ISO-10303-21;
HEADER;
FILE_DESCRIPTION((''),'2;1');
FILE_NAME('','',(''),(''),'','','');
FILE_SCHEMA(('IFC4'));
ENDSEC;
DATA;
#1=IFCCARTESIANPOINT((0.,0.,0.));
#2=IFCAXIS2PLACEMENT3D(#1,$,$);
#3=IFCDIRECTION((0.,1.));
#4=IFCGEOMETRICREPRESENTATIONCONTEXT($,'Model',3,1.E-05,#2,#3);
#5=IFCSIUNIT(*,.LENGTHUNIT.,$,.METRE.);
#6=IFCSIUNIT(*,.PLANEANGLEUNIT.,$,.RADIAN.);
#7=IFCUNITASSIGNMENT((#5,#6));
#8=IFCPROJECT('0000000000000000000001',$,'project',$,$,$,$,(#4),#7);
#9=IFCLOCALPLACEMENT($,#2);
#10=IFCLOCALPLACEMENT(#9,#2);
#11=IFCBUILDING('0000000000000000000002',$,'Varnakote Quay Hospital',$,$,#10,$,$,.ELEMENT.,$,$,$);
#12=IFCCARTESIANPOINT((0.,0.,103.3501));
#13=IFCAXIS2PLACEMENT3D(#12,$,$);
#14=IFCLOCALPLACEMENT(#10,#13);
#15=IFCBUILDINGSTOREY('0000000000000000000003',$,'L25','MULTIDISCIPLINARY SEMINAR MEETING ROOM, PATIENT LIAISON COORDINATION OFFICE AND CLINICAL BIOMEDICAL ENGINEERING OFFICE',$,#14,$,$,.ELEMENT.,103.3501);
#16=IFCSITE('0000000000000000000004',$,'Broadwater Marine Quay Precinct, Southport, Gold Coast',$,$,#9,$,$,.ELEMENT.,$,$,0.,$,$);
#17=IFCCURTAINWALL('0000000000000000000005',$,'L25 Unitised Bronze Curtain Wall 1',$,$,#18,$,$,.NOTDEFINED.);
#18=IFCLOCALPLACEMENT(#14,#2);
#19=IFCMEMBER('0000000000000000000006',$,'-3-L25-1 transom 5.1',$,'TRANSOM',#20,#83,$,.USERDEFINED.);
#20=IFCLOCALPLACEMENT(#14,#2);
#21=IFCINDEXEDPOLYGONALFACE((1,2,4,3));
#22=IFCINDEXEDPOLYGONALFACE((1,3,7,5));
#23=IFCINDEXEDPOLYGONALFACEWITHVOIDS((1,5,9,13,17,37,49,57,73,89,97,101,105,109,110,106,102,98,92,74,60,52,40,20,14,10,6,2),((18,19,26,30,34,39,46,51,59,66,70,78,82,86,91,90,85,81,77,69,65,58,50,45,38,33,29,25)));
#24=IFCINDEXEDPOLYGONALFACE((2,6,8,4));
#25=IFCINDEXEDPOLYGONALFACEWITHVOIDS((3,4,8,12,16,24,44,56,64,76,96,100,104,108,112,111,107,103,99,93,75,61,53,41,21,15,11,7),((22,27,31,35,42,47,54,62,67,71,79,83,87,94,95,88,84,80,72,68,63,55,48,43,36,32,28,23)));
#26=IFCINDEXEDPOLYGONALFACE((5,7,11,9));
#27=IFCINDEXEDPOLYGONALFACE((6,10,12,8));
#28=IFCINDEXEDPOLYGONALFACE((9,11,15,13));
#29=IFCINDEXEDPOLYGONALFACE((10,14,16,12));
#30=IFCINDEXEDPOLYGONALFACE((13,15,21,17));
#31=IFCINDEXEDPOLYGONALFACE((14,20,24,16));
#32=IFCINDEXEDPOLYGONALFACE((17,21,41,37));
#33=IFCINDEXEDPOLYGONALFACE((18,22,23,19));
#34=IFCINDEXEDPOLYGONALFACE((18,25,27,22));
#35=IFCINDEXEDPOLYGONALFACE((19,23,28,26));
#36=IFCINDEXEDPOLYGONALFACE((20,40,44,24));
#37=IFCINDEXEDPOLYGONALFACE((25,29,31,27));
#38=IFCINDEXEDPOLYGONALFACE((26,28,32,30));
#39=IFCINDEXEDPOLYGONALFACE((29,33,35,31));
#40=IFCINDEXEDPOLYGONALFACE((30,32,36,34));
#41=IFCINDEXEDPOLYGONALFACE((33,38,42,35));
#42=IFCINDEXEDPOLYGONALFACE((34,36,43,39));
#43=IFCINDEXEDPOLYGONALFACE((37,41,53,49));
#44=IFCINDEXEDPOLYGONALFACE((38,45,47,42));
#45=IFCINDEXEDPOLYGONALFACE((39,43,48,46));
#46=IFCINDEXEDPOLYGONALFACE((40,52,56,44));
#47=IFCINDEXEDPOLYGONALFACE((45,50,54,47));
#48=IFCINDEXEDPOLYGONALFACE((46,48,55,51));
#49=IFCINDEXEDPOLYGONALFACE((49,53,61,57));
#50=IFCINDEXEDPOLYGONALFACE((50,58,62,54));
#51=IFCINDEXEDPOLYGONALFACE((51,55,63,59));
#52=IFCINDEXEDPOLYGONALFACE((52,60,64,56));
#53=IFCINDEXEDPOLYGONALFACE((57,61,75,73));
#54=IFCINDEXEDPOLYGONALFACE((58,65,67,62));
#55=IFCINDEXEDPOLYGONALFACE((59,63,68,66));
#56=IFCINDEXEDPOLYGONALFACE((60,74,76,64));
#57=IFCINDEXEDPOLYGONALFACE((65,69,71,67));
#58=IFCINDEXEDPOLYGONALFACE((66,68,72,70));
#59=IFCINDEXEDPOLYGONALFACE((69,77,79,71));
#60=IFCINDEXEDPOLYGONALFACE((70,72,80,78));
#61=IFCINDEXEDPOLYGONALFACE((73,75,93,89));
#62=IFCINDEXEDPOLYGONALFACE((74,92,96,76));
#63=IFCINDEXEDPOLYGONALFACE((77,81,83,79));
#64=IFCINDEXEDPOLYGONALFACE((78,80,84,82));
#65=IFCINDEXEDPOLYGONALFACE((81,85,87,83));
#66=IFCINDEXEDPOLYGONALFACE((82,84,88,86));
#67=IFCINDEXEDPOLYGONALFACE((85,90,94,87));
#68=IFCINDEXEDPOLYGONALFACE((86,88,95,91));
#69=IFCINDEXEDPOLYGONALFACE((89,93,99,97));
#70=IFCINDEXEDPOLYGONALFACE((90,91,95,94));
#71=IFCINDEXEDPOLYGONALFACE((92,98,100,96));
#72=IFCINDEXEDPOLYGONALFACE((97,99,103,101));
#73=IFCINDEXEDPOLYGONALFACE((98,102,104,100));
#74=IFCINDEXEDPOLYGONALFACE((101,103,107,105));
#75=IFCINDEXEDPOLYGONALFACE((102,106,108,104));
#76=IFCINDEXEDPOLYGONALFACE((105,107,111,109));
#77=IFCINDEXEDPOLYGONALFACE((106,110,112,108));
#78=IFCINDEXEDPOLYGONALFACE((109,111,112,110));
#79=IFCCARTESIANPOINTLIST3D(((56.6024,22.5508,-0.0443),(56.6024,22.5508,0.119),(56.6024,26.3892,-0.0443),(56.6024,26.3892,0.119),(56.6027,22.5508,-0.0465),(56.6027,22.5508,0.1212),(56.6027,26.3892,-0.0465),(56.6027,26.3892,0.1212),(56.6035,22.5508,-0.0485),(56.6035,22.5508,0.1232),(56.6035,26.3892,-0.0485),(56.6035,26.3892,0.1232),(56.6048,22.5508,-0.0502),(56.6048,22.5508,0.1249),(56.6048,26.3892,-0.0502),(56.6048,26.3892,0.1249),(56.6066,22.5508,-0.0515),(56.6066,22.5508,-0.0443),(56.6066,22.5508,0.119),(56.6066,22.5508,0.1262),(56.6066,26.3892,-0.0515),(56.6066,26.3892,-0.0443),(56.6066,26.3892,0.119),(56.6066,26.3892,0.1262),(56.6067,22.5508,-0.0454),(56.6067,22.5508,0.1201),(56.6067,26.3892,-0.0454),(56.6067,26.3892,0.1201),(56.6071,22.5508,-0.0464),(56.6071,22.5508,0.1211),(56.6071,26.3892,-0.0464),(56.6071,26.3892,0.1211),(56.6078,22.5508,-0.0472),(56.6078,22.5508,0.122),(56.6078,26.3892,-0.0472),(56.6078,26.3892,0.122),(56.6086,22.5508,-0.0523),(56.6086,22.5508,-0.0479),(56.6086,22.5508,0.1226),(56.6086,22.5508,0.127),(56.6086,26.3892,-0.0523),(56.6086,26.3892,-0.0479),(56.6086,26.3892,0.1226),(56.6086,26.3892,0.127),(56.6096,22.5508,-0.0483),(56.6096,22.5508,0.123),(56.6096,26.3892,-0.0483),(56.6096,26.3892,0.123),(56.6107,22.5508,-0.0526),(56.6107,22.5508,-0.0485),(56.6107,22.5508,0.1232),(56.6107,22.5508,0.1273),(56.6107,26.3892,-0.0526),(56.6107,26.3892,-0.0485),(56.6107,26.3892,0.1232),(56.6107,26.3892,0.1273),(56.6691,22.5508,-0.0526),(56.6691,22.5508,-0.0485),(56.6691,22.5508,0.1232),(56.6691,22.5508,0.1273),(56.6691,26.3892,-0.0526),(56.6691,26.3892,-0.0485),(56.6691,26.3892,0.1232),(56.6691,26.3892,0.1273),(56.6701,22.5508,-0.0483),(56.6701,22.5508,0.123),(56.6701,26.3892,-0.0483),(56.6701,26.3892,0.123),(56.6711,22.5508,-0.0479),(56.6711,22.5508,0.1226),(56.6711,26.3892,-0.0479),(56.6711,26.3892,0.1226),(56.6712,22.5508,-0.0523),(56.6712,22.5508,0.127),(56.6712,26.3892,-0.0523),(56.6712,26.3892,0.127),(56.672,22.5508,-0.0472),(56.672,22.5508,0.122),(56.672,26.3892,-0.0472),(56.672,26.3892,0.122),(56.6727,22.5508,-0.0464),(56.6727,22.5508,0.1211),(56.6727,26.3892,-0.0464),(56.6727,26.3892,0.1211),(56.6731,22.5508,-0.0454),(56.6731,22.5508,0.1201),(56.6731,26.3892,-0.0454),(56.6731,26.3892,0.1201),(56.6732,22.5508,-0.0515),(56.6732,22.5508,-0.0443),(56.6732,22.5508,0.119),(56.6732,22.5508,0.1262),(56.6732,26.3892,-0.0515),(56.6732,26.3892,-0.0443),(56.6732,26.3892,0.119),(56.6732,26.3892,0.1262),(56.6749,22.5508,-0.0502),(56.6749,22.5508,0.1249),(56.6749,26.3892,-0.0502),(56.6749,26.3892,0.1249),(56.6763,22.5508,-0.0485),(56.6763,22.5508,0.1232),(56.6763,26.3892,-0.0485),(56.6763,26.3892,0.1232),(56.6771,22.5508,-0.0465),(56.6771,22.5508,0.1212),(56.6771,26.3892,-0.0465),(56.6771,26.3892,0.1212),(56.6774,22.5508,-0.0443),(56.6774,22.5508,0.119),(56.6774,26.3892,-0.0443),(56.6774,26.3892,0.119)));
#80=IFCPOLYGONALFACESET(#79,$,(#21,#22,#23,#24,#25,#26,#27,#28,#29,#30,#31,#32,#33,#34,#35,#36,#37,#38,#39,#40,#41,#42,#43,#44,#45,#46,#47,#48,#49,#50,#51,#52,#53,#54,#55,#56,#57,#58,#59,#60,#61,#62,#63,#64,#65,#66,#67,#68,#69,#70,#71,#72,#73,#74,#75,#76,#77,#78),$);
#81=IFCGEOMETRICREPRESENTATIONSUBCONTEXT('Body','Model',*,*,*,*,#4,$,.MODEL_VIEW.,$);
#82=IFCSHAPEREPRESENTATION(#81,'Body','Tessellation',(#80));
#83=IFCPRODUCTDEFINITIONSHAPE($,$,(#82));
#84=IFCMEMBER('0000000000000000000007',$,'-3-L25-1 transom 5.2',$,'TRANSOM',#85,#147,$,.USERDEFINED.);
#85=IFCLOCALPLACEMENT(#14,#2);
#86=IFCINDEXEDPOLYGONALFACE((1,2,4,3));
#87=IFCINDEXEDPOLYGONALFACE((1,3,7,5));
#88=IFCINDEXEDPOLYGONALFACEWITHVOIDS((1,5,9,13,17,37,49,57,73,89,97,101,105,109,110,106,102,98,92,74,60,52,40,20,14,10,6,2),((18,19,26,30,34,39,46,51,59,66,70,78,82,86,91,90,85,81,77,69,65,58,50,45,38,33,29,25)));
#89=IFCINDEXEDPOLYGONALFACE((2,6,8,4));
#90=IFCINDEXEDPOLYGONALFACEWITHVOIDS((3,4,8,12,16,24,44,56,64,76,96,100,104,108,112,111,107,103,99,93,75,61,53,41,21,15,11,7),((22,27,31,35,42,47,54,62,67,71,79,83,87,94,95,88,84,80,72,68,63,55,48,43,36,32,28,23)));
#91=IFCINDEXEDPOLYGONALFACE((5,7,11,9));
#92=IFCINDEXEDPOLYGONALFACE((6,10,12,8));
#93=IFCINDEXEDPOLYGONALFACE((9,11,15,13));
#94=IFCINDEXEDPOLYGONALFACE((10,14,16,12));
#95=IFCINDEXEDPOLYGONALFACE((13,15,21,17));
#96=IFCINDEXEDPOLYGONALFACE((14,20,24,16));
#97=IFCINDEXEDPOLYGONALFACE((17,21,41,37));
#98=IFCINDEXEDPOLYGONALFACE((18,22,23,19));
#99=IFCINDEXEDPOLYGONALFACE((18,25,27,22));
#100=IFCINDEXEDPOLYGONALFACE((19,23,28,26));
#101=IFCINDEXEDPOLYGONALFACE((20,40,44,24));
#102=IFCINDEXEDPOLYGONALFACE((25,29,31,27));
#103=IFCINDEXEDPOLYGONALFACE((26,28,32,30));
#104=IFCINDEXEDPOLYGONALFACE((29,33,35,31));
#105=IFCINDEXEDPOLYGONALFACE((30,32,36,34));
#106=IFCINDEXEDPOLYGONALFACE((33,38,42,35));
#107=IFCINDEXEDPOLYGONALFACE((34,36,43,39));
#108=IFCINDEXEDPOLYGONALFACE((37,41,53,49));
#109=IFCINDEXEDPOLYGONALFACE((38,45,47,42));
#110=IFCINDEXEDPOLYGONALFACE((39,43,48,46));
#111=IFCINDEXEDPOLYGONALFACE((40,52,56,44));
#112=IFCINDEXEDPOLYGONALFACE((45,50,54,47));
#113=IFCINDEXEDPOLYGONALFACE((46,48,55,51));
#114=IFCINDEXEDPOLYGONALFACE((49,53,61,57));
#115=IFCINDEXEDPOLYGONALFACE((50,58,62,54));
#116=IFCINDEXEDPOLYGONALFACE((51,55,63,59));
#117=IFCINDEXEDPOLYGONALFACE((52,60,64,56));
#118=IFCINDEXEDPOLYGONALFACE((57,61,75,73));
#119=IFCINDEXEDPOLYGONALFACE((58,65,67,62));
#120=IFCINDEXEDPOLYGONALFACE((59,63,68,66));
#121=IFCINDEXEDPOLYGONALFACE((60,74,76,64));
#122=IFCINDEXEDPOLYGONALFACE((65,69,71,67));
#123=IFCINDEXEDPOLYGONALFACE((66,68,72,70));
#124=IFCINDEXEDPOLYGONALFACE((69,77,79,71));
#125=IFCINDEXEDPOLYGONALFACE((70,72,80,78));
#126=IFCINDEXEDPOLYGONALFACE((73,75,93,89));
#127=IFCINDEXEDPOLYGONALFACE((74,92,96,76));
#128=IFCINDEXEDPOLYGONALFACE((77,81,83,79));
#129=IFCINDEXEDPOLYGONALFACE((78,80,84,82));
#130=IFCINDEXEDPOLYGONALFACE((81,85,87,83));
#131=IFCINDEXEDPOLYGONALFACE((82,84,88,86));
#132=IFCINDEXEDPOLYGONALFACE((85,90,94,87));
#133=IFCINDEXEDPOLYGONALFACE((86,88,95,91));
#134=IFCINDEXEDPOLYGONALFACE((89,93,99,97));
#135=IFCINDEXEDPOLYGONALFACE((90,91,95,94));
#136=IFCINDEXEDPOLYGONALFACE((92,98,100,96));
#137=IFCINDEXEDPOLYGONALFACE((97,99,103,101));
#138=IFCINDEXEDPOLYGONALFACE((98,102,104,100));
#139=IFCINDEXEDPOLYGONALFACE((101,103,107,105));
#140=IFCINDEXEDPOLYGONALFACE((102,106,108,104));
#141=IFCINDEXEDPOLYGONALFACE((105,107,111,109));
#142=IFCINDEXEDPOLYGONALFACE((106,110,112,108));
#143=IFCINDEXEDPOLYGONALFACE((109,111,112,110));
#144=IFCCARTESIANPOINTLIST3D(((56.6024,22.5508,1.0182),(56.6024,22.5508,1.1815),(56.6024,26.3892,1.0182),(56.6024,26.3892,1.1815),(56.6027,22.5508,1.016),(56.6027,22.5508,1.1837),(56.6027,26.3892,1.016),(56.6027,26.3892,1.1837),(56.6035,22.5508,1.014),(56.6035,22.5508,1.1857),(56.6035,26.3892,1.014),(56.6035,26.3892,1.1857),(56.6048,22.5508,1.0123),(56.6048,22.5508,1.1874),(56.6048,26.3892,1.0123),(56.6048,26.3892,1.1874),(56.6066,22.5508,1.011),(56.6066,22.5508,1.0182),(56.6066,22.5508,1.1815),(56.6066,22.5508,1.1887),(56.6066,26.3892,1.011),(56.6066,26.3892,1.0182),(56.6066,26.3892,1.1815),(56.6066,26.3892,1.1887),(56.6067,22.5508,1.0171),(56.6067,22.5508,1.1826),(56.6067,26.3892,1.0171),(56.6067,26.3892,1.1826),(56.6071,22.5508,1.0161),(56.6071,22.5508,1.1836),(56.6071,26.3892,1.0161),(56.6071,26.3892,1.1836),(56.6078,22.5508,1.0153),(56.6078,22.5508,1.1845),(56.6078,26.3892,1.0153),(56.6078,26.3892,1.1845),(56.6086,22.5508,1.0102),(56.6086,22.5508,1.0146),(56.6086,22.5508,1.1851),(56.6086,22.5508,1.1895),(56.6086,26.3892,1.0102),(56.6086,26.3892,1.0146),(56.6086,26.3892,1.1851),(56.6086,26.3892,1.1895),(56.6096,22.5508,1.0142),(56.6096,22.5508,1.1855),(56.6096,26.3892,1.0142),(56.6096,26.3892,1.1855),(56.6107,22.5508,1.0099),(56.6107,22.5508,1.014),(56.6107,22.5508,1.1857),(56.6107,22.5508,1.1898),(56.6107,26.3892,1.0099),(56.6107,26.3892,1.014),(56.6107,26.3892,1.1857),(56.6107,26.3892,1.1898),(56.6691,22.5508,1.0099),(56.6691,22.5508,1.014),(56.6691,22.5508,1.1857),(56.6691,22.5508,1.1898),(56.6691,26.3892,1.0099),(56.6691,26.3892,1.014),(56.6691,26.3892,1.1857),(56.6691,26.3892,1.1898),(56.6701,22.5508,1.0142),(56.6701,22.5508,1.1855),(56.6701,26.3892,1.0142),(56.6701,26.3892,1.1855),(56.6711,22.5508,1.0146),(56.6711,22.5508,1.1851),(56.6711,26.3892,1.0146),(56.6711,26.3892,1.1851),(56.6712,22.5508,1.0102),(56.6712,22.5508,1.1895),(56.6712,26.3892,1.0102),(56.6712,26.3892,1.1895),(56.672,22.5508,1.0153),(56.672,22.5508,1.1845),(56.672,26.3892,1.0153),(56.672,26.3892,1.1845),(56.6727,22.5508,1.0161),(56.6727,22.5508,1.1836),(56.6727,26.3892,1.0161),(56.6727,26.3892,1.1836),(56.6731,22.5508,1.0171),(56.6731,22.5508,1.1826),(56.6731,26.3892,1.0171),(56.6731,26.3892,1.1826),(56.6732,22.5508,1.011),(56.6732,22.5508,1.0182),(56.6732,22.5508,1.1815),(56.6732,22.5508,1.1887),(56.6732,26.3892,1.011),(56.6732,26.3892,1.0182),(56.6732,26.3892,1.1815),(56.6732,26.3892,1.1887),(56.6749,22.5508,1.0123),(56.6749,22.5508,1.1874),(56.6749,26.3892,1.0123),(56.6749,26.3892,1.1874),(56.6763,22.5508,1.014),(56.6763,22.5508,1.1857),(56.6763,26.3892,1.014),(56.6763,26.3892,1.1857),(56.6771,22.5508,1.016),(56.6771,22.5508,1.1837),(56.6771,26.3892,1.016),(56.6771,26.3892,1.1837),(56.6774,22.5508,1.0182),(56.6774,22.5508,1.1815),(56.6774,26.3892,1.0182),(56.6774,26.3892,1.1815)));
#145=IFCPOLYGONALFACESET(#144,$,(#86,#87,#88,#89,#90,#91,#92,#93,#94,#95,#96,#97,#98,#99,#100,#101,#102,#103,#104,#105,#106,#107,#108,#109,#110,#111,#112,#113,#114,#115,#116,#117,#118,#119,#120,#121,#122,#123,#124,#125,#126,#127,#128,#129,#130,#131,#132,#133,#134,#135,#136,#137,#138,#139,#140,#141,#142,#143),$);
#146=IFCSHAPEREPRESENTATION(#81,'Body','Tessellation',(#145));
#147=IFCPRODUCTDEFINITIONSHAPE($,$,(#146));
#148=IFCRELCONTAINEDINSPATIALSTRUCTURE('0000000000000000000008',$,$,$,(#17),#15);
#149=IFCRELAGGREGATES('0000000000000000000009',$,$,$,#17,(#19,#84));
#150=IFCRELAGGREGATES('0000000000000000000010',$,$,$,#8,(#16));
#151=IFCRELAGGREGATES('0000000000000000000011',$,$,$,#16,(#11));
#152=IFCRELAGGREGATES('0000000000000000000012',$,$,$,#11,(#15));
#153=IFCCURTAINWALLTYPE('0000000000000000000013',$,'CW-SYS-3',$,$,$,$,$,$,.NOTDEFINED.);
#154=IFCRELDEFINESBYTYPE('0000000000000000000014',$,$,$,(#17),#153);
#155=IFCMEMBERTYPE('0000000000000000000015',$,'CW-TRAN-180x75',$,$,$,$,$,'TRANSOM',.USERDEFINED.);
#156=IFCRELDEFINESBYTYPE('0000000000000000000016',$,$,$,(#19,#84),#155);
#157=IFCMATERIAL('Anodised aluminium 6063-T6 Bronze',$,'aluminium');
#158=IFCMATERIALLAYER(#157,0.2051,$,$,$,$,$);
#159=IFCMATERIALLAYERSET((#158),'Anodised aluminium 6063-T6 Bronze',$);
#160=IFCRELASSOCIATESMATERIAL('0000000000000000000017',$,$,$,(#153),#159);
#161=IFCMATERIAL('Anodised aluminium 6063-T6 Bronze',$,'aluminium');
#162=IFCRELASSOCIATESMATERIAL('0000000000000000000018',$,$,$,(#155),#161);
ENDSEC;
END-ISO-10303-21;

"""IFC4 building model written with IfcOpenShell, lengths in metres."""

from ifc_helpers import new_model, si_unit, direction, frame, origin, origin_2d, place, context, subcontext, project, spatial, hollow_rectangle, extrude, material, layer, layer_set, material_profile, profile_set, type_object, element, aggregate, save


model = new_model("IFC4")

# Units and contexts
model_context = context("Model", 3, precision=1e-05, world=origin(), true_north=direction((0.0, 1.0)))
body_context = subcontext(model_context, "Body", "Model", "MODEL_VIEW")
ifc_project = project(units=[si_unit("LENGTHUNIT", "METRE"), si_unit("PLANEANGLEUNIT", "RADIAN")], contexts=[model_context])

# Site, building, storey
site_placement = place(None, origin())
site = spatial("IfcSite", under=ifc_project, at=site_placement, Name="Broadwater Marine Quay Precinct, Southport, Gold Coast", CompositionType="ELEMENT", RefElevation=0.0)
building_placement = place(site_placement, origin())
building = spatial("IfcBuilding", under=site, at=building_placement, Name="Varnakote Quay Hospital", CompositionType="ELEMENT")
storey_placement = place(building_placement, frame((0.0, 0.0, 103.3501)))
storey = spatial("IfcBuildingStorey", under=building, at=storey_placement, Name="L25", Description="MULTIDISCIPLINARY SEMINAR MEETING ROOM, PATIENT LIAISON COORDINATION OFFICE AND CLINICAL BIOMEDICAL ENGINEERING OFFICE", CompositionType="ELEMENT", Elevation=103.3501)

# Curtain wall
ifc_material_1 = material(Name="Anodised aluminium 6063-T6 Bronze", Category="aluminium")
ifc_layer_1 = layer(ifc_material_1, 0.2051)
ifc_layer_set_1 = layer_set([ifc_layer_1], Name="Anodised aluminium 6063-T6 Bronze")
curtain_wall_type = type_object("IfcCurtainWallType", Name="CW-SYS-3", PredefinedType="NOTDEFINED", material=ifc_layer_set_1)
curtain_wall_1_placement = place(storey_placement, origin())
curtain_wall_1 = element("IfcCurtainWall", 1, at=curtain_wall_1_placement, inside=storey, type_object=curtain_wall_type, Name="L25 Unitised Bronze Curtain Wall 1", PredefinedType="NOTDEFINED")

# Members
ifc_material_2 = material(Name="Anodised aluminium 6063-T6 Bronze", Category="aluminium")
ifc_material_profile_1 = material_profile(ifc_material_2, hollow_rectangle(XDim=0.075, YDim=0.1799, WallThickness=0.0042, InnerFilletRadius=0.0042, OuterFilletRadius=0.0083, at=origin_2d()), Name="CW-TRAN-180x75")
ifc_profile_set_1 = profile_set([ifc_material_profile_1], Name="Anodised aluminium 6063-T6 Bronze")
member_type_1 = type_object("IfcMemberType", Name="CW-TRAN-180x75", ElementType="TRANSOM", PredefinedType="USERDEFINED", material=ifc_profile_set_1)
member_1_placement = place(storey_placement, frame((56.6399, 22.5508, 0.0374), z_axis=(0.0, 1.0, 0.0), x_axis=(-1.0, 0.0, 0.0)))
member_1 = element("IfcMember", 2, at=member_1_placement, type_object=member_type_1, Name="-3-L25-1 transom 5.1", ObjectType="TRANSOM", PredefinedType="USERDEFINED", context=body_context, shape_type="SweptSolid", body=[
    extrude(hollow_rectangle(XDim=0.075, YDim=0.1799, WallThickness=0.0042, InnerFilletRadius=0.0042, OuterFilletRadius=0.0083, at=origin_2d()), origin(), (0.0, 0.0, 1.0), 3.8384),
])
member_2_placement = place(storey_placement, frame((56.6399, 22.5508, 1.0999), z_axis=(0.0, 1.0, 0.0), x_axis=(-1.0, 0.0, 0.0)))
member_2 = element("IfcMember", 3, at=member_2_placement, type_object=member_type_1, Name="-3-L25-1 transom 5.2", ObjectType="TRANSOM", PredefinedType="USERDEFINED", context=body_context, shape_type="SweptSolid", body=[
    extrude(hollow_rectangle(XDim=0.075, YDim=0.1799, WallThickness=0.0042, InnerFilletRadius=0.0042, OuterFilletRadius=0.0083, at=origin_2d()), origin(), (0.0, 0.0, 1.0), 3.8384),
])

aggregate(curtain_wall_1, [member_1, member_2])

save(model, "model.ifc")
